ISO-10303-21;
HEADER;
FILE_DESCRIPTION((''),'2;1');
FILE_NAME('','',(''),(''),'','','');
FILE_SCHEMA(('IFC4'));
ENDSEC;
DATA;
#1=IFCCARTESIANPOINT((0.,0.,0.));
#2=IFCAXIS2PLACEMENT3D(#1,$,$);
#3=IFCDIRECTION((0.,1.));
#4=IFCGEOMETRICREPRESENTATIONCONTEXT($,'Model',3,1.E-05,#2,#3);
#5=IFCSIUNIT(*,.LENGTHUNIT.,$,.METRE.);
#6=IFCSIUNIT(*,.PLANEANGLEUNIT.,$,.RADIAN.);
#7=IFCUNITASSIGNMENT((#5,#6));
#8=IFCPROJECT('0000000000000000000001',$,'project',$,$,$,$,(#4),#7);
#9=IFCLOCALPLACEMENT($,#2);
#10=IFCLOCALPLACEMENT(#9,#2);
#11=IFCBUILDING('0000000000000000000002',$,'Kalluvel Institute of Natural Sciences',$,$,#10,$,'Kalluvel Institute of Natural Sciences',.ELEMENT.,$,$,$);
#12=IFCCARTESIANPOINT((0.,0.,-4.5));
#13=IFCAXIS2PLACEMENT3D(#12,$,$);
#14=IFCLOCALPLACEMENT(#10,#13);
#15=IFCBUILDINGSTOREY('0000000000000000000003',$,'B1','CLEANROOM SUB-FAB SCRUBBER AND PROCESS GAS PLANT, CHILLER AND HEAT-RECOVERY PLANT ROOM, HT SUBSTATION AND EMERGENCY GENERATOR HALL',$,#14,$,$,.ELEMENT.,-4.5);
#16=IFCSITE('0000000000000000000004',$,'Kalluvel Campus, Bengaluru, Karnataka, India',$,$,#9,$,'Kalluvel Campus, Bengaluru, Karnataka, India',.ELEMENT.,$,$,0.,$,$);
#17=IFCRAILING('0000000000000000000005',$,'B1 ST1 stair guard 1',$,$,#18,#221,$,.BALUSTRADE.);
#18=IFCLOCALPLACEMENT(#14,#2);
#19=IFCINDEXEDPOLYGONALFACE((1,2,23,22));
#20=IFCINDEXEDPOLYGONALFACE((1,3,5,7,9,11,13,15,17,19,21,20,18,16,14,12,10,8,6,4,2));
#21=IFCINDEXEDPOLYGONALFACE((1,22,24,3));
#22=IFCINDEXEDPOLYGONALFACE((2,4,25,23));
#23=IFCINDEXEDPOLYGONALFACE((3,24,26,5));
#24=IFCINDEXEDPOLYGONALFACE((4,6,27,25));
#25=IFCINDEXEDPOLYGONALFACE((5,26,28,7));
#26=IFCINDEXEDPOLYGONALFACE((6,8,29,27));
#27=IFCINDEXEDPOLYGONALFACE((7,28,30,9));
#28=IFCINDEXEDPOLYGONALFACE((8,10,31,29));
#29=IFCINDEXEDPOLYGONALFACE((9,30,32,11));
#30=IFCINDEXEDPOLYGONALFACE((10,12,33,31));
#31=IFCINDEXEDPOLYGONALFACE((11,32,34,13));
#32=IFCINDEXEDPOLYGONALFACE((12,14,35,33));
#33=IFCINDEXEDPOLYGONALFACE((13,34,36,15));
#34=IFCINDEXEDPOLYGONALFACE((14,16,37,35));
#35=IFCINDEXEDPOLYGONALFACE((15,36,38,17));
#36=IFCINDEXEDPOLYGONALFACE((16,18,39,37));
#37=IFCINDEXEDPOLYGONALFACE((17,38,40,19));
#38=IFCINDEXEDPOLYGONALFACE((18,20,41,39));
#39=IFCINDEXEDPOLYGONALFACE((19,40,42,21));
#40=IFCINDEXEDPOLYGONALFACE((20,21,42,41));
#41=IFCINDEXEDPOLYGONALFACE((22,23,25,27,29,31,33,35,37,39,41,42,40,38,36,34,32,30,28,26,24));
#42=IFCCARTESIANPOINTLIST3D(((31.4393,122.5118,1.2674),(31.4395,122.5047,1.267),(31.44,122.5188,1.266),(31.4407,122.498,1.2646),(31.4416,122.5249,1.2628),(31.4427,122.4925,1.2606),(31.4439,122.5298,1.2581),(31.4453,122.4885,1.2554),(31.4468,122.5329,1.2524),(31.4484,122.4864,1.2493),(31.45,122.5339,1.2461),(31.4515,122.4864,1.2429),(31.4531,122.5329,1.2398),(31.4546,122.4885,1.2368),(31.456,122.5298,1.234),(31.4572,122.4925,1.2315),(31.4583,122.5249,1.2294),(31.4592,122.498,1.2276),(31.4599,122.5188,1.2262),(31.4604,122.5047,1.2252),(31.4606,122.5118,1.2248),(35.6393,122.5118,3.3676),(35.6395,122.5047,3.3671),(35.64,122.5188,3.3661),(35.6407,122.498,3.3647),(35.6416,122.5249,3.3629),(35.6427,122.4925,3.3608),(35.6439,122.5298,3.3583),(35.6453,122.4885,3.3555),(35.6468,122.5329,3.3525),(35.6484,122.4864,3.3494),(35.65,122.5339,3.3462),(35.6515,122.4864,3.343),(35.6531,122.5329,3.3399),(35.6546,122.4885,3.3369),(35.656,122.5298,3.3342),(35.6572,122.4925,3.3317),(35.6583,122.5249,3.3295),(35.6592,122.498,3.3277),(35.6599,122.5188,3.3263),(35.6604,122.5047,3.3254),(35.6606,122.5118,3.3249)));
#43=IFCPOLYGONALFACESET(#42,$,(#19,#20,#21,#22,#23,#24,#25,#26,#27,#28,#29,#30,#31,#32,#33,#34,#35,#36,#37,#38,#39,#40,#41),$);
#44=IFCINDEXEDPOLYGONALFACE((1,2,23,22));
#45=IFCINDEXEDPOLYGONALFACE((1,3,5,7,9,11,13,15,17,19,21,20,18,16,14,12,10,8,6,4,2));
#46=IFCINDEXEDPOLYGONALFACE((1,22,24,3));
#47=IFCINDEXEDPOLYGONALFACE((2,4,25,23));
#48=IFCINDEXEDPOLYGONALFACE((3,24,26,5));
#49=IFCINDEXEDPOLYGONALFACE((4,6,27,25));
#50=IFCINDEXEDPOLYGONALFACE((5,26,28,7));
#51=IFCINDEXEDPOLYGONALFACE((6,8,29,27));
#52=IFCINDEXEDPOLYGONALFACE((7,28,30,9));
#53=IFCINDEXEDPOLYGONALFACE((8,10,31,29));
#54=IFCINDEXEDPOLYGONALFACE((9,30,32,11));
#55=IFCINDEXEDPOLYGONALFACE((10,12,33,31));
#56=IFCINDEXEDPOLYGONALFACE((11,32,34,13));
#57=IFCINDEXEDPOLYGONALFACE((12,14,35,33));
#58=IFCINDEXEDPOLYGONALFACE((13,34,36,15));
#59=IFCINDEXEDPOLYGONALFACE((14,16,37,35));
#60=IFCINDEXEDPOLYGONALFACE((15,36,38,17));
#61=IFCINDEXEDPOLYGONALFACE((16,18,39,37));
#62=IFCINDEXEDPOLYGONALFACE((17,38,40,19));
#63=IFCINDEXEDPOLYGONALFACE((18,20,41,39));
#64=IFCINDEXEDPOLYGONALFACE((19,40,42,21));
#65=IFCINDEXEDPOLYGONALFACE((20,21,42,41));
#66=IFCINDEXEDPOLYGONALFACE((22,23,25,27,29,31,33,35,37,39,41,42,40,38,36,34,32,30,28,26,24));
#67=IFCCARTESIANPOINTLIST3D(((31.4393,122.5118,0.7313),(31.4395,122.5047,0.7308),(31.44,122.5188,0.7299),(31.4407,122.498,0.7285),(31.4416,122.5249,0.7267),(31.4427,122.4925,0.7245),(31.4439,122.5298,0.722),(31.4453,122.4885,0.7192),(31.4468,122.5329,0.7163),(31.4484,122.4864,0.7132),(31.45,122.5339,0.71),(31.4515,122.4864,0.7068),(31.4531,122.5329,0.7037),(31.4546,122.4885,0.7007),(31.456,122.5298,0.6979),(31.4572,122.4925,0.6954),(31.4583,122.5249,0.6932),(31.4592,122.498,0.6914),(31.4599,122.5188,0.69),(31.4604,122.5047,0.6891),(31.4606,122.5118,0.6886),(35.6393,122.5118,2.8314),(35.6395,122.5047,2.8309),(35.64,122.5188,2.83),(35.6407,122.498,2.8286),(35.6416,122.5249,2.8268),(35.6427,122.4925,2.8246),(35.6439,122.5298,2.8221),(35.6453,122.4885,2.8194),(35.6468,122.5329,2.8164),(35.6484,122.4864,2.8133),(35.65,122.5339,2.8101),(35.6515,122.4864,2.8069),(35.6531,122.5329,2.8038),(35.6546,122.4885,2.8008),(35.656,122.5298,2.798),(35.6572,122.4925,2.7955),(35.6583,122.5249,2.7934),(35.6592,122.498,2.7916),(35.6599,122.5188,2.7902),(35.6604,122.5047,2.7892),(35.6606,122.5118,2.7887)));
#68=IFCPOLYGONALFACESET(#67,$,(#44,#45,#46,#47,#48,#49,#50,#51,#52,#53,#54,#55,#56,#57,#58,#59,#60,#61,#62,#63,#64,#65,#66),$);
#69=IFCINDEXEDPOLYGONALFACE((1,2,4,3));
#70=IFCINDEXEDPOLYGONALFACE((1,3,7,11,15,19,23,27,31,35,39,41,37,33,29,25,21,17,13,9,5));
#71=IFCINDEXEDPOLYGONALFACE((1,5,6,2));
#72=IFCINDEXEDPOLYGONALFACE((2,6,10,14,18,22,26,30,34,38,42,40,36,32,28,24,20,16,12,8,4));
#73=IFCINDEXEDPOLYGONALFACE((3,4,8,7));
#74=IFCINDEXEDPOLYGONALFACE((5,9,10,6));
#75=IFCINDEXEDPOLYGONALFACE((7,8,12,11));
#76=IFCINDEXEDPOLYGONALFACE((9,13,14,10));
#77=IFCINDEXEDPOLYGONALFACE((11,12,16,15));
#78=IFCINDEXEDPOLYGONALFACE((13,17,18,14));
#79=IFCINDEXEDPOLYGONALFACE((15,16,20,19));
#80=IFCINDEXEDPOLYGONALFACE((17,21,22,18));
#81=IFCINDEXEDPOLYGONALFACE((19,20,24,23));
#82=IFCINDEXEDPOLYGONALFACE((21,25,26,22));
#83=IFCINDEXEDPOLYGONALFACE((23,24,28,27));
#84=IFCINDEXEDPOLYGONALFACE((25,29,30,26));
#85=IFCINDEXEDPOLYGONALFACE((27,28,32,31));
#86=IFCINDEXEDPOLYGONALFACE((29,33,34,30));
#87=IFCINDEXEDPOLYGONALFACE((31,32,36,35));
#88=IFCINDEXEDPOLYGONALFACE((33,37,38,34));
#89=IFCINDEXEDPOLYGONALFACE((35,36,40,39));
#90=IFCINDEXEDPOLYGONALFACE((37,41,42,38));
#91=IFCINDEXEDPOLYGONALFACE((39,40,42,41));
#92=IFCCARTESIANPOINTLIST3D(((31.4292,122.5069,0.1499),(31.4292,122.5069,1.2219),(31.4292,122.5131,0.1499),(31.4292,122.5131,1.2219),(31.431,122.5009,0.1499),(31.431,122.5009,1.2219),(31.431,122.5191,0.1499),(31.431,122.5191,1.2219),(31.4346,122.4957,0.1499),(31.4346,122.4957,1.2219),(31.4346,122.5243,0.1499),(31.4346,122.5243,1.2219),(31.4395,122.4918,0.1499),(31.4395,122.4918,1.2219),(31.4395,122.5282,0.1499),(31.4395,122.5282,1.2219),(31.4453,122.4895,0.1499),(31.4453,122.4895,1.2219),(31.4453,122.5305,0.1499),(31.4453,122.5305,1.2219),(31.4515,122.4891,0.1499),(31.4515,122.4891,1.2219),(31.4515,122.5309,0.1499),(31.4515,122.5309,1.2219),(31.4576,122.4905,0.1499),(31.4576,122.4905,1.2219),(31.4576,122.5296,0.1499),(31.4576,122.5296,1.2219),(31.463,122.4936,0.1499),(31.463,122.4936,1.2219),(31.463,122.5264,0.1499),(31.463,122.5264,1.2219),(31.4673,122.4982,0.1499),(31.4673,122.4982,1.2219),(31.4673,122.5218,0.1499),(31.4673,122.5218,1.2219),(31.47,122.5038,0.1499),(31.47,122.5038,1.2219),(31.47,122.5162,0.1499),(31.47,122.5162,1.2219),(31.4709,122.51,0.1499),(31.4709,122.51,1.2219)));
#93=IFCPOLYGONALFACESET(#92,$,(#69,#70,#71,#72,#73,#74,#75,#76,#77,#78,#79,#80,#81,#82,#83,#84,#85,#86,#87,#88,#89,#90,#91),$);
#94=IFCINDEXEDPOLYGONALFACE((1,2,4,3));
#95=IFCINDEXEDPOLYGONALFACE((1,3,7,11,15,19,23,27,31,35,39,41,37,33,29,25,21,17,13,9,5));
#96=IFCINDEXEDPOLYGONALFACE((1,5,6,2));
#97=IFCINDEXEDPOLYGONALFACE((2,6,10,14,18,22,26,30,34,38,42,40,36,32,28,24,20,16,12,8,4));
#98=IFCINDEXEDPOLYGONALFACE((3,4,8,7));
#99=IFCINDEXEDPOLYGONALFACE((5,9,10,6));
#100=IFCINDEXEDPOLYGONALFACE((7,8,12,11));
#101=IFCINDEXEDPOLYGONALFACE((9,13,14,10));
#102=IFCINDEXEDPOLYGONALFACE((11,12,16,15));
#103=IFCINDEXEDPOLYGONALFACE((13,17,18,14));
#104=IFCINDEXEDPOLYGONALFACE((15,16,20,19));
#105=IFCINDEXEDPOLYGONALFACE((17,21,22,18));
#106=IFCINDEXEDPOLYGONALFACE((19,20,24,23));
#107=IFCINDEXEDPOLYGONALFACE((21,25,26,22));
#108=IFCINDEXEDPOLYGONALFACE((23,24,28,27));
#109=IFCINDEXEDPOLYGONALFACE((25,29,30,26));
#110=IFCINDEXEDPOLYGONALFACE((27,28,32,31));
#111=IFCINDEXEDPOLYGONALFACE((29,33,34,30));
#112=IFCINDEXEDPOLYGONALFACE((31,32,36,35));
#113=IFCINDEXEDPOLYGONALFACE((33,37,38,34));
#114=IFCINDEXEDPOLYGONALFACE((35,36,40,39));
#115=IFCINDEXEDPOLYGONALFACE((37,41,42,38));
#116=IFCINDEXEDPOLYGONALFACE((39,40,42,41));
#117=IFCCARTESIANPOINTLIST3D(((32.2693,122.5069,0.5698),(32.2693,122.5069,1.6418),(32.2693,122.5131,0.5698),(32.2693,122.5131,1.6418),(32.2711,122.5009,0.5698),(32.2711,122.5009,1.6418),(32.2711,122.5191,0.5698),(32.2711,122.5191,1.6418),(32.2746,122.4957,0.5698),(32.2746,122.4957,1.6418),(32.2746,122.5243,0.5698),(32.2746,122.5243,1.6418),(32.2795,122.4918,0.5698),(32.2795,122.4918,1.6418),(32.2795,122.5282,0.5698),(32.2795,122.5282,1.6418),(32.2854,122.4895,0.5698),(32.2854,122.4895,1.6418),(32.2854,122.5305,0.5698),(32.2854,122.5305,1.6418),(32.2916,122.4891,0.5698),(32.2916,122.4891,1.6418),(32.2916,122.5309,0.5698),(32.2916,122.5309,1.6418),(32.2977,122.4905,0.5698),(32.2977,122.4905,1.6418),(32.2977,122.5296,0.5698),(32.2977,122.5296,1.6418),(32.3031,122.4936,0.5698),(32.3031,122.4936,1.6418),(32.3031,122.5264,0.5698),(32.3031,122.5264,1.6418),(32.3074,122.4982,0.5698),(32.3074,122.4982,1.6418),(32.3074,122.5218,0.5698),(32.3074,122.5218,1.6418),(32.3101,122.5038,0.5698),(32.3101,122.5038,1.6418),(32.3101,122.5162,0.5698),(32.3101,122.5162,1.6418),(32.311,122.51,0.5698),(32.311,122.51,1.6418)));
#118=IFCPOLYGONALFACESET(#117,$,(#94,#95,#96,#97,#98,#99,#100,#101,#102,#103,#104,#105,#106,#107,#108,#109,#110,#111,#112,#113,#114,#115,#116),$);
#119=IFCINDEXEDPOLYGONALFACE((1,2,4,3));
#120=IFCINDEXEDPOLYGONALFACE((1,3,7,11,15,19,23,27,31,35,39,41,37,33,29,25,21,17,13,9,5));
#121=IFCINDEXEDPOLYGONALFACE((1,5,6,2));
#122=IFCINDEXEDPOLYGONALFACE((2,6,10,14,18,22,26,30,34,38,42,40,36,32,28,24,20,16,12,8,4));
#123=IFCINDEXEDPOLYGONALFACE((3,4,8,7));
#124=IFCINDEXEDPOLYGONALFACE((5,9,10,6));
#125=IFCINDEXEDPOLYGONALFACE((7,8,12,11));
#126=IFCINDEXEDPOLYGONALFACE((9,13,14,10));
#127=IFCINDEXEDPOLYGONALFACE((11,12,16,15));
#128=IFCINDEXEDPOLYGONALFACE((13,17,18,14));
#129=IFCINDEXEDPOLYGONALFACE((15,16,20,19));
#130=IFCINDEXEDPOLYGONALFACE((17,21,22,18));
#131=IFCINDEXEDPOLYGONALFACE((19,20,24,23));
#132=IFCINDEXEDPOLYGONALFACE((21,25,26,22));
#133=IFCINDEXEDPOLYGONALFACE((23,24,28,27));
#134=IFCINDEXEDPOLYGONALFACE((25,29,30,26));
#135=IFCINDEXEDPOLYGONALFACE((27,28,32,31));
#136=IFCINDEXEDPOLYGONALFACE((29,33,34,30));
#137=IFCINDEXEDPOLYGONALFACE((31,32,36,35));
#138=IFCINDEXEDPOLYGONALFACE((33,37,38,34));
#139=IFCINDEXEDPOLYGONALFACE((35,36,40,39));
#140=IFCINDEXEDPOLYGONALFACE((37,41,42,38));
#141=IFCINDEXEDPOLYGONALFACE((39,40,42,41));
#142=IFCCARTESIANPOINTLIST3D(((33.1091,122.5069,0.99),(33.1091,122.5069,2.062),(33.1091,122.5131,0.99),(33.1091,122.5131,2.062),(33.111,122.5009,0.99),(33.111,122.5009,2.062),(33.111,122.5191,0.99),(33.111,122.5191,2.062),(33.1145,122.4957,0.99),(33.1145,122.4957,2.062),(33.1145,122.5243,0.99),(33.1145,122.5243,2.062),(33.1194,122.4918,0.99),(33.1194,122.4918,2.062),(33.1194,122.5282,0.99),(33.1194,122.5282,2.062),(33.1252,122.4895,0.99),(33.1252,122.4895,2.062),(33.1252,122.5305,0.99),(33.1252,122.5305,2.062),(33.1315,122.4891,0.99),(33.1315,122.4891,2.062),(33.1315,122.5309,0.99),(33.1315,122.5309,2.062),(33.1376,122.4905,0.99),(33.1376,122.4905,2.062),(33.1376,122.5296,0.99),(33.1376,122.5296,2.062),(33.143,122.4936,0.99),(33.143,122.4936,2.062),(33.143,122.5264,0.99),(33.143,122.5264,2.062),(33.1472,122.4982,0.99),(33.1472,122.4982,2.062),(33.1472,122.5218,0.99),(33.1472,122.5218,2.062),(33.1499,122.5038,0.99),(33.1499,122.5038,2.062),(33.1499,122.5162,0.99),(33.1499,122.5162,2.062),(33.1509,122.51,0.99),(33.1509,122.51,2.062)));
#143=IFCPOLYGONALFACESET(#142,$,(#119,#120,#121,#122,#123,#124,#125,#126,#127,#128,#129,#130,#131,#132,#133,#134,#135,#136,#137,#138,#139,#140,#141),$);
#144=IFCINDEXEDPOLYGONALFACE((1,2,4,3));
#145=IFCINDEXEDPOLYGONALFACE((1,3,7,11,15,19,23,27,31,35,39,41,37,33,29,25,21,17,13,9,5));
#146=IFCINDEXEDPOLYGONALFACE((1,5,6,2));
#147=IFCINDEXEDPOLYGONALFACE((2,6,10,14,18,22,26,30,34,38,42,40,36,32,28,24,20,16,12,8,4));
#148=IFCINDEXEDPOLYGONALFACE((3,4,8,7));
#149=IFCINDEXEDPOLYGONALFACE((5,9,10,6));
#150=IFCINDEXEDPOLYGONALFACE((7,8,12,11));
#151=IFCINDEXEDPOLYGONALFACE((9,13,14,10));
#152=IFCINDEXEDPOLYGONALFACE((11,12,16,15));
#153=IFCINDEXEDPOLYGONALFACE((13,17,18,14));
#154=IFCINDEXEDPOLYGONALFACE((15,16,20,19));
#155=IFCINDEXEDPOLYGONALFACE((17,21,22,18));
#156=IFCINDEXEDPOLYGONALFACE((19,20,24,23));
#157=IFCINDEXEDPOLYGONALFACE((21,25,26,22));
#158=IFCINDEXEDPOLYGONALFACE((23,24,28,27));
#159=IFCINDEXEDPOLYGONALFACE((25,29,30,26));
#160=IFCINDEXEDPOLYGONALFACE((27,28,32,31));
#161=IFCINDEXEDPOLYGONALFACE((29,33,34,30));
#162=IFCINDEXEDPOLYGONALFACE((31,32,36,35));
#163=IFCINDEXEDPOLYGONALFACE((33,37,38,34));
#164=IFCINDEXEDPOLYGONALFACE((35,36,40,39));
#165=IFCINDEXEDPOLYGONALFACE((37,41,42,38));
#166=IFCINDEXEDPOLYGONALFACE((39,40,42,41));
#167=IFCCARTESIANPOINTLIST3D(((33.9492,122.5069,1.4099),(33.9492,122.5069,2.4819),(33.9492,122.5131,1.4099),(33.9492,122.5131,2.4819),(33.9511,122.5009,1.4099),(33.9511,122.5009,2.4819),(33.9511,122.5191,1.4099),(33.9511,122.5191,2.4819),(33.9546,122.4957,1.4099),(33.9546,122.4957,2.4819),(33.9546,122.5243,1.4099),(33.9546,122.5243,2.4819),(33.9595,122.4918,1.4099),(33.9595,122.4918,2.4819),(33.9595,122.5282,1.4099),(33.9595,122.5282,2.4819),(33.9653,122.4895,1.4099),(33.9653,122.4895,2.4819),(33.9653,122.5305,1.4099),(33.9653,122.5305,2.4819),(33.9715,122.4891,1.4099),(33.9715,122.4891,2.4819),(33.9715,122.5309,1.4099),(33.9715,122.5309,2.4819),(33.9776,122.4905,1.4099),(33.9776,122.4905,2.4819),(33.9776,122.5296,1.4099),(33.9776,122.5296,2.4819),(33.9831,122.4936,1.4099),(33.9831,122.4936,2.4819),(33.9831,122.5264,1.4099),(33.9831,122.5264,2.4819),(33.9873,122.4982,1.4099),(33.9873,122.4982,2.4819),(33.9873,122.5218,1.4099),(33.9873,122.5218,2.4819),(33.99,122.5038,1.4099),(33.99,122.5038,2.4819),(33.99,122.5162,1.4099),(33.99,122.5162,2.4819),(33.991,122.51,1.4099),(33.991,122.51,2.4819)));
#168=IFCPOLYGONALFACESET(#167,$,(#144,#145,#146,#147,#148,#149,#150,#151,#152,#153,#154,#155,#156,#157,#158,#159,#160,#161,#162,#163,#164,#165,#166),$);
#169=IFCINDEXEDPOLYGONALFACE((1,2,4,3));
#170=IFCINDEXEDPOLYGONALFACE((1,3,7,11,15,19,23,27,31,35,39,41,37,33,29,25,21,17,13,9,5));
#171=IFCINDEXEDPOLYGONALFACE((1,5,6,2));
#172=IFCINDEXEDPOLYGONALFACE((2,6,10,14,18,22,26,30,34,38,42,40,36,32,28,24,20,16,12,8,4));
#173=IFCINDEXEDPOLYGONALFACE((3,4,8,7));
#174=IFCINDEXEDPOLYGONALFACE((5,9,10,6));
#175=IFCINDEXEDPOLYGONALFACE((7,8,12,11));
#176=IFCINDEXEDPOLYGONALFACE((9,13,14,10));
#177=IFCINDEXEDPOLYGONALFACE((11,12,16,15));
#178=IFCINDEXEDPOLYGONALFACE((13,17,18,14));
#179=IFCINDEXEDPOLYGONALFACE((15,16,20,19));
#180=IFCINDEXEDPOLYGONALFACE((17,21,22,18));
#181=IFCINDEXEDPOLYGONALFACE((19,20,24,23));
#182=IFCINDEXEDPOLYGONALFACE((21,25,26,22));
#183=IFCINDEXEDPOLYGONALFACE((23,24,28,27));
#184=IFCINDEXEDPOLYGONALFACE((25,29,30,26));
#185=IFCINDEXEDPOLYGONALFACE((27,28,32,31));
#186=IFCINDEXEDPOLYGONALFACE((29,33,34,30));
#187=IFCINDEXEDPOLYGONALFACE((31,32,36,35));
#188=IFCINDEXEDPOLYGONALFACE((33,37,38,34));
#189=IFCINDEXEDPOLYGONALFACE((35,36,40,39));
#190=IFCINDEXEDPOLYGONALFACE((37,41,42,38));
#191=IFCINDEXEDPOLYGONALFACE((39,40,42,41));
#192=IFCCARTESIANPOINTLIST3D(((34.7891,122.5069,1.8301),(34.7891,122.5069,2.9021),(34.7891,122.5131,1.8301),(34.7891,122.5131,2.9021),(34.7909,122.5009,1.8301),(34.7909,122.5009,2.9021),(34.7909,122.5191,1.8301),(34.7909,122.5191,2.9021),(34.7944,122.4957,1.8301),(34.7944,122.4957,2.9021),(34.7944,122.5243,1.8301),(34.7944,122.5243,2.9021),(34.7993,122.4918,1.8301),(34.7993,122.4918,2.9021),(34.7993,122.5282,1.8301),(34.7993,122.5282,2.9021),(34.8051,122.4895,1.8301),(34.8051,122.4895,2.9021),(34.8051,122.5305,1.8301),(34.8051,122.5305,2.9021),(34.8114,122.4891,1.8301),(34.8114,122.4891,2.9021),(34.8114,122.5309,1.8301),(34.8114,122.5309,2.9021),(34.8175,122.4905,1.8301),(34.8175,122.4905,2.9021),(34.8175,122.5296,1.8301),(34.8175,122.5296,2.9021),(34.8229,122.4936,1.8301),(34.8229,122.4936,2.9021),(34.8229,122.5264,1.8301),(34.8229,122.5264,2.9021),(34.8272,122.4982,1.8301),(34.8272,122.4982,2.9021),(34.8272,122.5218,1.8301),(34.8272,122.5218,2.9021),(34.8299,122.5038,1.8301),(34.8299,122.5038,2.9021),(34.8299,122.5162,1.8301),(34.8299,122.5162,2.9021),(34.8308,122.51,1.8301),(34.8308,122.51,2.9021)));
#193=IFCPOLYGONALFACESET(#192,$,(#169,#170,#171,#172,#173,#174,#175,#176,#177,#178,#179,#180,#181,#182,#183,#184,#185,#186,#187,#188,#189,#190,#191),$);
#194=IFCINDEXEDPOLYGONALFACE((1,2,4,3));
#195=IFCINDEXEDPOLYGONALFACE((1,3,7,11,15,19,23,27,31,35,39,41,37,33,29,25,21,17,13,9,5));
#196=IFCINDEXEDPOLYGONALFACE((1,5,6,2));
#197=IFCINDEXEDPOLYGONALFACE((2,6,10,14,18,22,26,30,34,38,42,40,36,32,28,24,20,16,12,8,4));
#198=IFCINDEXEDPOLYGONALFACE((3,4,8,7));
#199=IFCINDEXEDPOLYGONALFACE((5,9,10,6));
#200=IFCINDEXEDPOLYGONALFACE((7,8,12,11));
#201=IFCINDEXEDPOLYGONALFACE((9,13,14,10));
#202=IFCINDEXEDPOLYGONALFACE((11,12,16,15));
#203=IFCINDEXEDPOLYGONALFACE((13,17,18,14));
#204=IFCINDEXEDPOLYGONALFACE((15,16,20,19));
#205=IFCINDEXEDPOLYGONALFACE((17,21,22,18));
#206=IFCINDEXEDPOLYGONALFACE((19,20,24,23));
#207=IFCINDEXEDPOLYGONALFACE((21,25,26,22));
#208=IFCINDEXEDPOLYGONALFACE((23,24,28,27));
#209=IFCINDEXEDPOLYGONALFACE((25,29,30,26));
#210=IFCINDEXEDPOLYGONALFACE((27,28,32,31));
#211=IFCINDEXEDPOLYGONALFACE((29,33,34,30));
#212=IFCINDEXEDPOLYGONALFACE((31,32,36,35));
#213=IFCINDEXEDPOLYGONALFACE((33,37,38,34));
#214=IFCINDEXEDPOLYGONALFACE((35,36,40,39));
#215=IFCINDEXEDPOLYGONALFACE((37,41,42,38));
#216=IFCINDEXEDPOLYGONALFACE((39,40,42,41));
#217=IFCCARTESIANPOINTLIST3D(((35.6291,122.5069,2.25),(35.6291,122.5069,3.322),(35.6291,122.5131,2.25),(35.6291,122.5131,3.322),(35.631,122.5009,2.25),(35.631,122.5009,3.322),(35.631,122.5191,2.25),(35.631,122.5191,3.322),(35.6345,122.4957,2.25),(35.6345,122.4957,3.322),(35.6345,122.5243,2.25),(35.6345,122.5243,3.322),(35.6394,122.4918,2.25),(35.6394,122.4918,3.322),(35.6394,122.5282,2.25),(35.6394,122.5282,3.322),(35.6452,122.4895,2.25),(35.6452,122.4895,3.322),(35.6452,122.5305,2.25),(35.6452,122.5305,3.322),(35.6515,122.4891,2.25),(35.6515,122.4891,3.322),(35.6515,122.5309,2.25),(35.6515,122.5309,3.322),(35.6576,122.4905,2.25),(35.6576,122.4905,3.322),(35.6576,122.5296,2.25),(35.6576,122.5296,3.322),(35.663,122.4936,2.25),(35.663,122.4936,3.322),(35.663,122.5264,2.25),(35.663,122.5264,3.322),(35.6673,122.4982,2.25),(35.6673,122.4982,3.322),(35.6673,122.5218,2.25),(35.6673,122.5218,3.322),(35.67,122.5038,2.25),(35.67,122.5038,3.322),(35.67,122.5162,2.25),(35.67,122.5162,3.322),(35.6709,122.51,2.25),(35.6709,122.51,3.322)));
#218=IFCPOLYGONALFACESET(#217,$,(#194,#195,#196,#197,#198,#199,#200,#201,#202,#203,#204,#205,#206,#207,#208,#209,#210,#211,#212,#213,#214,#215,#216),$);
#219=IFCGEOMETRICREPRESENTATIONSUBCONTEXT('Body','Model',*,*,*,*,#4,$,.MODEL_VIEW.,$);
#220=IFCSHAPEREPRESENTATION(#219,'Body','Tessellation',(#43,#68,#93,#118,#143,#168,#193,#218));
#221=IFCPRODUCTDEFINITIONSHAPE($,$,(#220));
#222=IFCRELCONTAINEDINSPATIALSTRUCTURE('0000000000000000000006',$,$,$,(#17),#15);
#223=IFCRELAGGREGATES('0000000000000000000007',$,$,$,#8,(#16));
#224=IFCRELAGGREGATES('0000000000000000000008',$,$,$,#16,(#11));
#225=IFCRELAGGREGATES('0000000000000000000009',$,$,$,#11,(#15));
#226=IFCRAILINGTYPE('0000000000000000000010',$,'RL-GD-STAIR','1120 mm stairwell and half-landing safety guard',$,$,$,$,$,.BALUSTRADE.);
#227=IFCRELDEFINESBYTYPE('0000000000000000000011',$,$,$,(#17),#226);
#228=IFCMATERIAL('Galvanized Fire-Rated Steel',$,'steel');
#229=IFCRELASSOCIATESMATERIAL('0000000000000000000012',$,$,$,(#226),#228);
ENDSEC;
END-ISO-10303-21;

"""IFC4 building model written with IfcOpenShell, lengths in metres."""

from ifc_helpers import new_model, si_unit, direction, frame, origin, origin_2d, place, context, subcontext, project, spatial, circle, extrude, material, type_object, element, save


model = new_model("IFC4")

# Units and contexts
model_context = context("Model", 3, precision=1e-05, world=origin(), true_north=direction((0.0, 1.0)))
body_context = subcontext(model_context, "Body", "Model", "MODEL_VIEW")
ifc_project = project(units=[si_unit("LENGTHUNIT", "METRE"), si_unit("PLANEANGLEUNIT", "RADIAN")], contexts=[model_context])

# Site, building, storey
site_placement = place(None, origin())
site = spatial("IfcSite", under=ifc_project, at=site_placement, Name="Kalluvel Campus, Bengaluru, Karnataka, India", LongName="Kalluvel Campus, Bengaluru, Karnataka, India", CompositionType="ELEMENT", RefElevation=0.0)
building_placement = place(site_placement, origin())
building = spatial("IfcBuilding", under=site, at=building_placement, Name="Kalluvel Institute of Natural Sciences", LongName="Kalluvel Institute of Natural Sciences", CompositionType="ELEMENT")
storey_placement = place(building_placement, frame((0.0, 0.0, -4.5)))
storey = spatial("IfcBuildingStorey", under=building, at=storey_placement, Name="B1", Description="CLEANROOM SUB-FAB SCRUBBER AND PROCESS GAS PLANT, CHILLER AND HEAT-RECOVERY PLANT ROOM, HT SUBSTATION AND EMERGENCY GENERATOR HALL", CompositionType="ELEMENT", Elevation=-4.5)

# Shared definitions
ifc_material_1 = material(Name="Galvanized Fire-Rated Steel", Category="steel")

# Railing
railing_type_1 = type_object("IfcRailingType", Name="RL-GD-STAIR", Description="1120 mm stairwell and half-landing safety guard", PredefinedType="BALUSTRADE", material=ifc_material_1)
railing_1_placement = place(storey_placement, frame((31.45, 122.51, 0.1499)))
element("IfcRailing", 1, at=railing_1_placement, inside=storey, type_object=railing_type_1, Name="B1 ST1 stair guard 1", PredefinedType="BALUSTRADE", context=body_context, shape_type="SweptSolid", body=[
    extrude(circle(Radius=0.0239, at=origin_2d()), frame((0.0, 0.0, 1.0962), z_axis=(0.894417, 0.0, 0.447234), x_axis=(0.0, 1.0, 0.0)), (0.0, 0.0, 1.0), 4.6958),
    extrude(circle(Radius=0.0239, at=origin_2d()), frame((0.0, 0.0, 0.5601), z_axis=(0.894417, 0.0, 0.447234), x_axis=(0.0, 1.0, 0.0)), (0.0, 0.0, 1.0), 4.6958),
    extrude(circle(Radius=0.021, at=origin_2d()), origin(), (0.0, 0.0, 1.0), 1.072),
    extrude(circle(Radius=0.021, at=origin_2d()), frame((0.8401, 0.0, 0.4199)), (0.0, 0.0, 1.0), 1.072),
    extrude(circle(Radius=0.021, at=origin_2d()), frame((1.6799, 0.0, 0.8401)), (0.0, 0.0, 1.0), 1.072),
    extrude(circle(Radius=0.021, at=origin_2d()), frame((2.52, 0.0, 1.26)), (0.0, 0.0, 1.0), 1.072),
    extrude(circle(Radius=0.021, at=origin_2d()), frame((3.3599, 0.0, 1.6802)), (0.0, 0.0, 1.0), 1.072),
    extrude(circle(Radius=0.021, at=origin_2d()), frame((4.2, 0.0, 2.1001)), (0.0, 0.0, 1.0), 1.072),
])

save(model, "model.ifc")
